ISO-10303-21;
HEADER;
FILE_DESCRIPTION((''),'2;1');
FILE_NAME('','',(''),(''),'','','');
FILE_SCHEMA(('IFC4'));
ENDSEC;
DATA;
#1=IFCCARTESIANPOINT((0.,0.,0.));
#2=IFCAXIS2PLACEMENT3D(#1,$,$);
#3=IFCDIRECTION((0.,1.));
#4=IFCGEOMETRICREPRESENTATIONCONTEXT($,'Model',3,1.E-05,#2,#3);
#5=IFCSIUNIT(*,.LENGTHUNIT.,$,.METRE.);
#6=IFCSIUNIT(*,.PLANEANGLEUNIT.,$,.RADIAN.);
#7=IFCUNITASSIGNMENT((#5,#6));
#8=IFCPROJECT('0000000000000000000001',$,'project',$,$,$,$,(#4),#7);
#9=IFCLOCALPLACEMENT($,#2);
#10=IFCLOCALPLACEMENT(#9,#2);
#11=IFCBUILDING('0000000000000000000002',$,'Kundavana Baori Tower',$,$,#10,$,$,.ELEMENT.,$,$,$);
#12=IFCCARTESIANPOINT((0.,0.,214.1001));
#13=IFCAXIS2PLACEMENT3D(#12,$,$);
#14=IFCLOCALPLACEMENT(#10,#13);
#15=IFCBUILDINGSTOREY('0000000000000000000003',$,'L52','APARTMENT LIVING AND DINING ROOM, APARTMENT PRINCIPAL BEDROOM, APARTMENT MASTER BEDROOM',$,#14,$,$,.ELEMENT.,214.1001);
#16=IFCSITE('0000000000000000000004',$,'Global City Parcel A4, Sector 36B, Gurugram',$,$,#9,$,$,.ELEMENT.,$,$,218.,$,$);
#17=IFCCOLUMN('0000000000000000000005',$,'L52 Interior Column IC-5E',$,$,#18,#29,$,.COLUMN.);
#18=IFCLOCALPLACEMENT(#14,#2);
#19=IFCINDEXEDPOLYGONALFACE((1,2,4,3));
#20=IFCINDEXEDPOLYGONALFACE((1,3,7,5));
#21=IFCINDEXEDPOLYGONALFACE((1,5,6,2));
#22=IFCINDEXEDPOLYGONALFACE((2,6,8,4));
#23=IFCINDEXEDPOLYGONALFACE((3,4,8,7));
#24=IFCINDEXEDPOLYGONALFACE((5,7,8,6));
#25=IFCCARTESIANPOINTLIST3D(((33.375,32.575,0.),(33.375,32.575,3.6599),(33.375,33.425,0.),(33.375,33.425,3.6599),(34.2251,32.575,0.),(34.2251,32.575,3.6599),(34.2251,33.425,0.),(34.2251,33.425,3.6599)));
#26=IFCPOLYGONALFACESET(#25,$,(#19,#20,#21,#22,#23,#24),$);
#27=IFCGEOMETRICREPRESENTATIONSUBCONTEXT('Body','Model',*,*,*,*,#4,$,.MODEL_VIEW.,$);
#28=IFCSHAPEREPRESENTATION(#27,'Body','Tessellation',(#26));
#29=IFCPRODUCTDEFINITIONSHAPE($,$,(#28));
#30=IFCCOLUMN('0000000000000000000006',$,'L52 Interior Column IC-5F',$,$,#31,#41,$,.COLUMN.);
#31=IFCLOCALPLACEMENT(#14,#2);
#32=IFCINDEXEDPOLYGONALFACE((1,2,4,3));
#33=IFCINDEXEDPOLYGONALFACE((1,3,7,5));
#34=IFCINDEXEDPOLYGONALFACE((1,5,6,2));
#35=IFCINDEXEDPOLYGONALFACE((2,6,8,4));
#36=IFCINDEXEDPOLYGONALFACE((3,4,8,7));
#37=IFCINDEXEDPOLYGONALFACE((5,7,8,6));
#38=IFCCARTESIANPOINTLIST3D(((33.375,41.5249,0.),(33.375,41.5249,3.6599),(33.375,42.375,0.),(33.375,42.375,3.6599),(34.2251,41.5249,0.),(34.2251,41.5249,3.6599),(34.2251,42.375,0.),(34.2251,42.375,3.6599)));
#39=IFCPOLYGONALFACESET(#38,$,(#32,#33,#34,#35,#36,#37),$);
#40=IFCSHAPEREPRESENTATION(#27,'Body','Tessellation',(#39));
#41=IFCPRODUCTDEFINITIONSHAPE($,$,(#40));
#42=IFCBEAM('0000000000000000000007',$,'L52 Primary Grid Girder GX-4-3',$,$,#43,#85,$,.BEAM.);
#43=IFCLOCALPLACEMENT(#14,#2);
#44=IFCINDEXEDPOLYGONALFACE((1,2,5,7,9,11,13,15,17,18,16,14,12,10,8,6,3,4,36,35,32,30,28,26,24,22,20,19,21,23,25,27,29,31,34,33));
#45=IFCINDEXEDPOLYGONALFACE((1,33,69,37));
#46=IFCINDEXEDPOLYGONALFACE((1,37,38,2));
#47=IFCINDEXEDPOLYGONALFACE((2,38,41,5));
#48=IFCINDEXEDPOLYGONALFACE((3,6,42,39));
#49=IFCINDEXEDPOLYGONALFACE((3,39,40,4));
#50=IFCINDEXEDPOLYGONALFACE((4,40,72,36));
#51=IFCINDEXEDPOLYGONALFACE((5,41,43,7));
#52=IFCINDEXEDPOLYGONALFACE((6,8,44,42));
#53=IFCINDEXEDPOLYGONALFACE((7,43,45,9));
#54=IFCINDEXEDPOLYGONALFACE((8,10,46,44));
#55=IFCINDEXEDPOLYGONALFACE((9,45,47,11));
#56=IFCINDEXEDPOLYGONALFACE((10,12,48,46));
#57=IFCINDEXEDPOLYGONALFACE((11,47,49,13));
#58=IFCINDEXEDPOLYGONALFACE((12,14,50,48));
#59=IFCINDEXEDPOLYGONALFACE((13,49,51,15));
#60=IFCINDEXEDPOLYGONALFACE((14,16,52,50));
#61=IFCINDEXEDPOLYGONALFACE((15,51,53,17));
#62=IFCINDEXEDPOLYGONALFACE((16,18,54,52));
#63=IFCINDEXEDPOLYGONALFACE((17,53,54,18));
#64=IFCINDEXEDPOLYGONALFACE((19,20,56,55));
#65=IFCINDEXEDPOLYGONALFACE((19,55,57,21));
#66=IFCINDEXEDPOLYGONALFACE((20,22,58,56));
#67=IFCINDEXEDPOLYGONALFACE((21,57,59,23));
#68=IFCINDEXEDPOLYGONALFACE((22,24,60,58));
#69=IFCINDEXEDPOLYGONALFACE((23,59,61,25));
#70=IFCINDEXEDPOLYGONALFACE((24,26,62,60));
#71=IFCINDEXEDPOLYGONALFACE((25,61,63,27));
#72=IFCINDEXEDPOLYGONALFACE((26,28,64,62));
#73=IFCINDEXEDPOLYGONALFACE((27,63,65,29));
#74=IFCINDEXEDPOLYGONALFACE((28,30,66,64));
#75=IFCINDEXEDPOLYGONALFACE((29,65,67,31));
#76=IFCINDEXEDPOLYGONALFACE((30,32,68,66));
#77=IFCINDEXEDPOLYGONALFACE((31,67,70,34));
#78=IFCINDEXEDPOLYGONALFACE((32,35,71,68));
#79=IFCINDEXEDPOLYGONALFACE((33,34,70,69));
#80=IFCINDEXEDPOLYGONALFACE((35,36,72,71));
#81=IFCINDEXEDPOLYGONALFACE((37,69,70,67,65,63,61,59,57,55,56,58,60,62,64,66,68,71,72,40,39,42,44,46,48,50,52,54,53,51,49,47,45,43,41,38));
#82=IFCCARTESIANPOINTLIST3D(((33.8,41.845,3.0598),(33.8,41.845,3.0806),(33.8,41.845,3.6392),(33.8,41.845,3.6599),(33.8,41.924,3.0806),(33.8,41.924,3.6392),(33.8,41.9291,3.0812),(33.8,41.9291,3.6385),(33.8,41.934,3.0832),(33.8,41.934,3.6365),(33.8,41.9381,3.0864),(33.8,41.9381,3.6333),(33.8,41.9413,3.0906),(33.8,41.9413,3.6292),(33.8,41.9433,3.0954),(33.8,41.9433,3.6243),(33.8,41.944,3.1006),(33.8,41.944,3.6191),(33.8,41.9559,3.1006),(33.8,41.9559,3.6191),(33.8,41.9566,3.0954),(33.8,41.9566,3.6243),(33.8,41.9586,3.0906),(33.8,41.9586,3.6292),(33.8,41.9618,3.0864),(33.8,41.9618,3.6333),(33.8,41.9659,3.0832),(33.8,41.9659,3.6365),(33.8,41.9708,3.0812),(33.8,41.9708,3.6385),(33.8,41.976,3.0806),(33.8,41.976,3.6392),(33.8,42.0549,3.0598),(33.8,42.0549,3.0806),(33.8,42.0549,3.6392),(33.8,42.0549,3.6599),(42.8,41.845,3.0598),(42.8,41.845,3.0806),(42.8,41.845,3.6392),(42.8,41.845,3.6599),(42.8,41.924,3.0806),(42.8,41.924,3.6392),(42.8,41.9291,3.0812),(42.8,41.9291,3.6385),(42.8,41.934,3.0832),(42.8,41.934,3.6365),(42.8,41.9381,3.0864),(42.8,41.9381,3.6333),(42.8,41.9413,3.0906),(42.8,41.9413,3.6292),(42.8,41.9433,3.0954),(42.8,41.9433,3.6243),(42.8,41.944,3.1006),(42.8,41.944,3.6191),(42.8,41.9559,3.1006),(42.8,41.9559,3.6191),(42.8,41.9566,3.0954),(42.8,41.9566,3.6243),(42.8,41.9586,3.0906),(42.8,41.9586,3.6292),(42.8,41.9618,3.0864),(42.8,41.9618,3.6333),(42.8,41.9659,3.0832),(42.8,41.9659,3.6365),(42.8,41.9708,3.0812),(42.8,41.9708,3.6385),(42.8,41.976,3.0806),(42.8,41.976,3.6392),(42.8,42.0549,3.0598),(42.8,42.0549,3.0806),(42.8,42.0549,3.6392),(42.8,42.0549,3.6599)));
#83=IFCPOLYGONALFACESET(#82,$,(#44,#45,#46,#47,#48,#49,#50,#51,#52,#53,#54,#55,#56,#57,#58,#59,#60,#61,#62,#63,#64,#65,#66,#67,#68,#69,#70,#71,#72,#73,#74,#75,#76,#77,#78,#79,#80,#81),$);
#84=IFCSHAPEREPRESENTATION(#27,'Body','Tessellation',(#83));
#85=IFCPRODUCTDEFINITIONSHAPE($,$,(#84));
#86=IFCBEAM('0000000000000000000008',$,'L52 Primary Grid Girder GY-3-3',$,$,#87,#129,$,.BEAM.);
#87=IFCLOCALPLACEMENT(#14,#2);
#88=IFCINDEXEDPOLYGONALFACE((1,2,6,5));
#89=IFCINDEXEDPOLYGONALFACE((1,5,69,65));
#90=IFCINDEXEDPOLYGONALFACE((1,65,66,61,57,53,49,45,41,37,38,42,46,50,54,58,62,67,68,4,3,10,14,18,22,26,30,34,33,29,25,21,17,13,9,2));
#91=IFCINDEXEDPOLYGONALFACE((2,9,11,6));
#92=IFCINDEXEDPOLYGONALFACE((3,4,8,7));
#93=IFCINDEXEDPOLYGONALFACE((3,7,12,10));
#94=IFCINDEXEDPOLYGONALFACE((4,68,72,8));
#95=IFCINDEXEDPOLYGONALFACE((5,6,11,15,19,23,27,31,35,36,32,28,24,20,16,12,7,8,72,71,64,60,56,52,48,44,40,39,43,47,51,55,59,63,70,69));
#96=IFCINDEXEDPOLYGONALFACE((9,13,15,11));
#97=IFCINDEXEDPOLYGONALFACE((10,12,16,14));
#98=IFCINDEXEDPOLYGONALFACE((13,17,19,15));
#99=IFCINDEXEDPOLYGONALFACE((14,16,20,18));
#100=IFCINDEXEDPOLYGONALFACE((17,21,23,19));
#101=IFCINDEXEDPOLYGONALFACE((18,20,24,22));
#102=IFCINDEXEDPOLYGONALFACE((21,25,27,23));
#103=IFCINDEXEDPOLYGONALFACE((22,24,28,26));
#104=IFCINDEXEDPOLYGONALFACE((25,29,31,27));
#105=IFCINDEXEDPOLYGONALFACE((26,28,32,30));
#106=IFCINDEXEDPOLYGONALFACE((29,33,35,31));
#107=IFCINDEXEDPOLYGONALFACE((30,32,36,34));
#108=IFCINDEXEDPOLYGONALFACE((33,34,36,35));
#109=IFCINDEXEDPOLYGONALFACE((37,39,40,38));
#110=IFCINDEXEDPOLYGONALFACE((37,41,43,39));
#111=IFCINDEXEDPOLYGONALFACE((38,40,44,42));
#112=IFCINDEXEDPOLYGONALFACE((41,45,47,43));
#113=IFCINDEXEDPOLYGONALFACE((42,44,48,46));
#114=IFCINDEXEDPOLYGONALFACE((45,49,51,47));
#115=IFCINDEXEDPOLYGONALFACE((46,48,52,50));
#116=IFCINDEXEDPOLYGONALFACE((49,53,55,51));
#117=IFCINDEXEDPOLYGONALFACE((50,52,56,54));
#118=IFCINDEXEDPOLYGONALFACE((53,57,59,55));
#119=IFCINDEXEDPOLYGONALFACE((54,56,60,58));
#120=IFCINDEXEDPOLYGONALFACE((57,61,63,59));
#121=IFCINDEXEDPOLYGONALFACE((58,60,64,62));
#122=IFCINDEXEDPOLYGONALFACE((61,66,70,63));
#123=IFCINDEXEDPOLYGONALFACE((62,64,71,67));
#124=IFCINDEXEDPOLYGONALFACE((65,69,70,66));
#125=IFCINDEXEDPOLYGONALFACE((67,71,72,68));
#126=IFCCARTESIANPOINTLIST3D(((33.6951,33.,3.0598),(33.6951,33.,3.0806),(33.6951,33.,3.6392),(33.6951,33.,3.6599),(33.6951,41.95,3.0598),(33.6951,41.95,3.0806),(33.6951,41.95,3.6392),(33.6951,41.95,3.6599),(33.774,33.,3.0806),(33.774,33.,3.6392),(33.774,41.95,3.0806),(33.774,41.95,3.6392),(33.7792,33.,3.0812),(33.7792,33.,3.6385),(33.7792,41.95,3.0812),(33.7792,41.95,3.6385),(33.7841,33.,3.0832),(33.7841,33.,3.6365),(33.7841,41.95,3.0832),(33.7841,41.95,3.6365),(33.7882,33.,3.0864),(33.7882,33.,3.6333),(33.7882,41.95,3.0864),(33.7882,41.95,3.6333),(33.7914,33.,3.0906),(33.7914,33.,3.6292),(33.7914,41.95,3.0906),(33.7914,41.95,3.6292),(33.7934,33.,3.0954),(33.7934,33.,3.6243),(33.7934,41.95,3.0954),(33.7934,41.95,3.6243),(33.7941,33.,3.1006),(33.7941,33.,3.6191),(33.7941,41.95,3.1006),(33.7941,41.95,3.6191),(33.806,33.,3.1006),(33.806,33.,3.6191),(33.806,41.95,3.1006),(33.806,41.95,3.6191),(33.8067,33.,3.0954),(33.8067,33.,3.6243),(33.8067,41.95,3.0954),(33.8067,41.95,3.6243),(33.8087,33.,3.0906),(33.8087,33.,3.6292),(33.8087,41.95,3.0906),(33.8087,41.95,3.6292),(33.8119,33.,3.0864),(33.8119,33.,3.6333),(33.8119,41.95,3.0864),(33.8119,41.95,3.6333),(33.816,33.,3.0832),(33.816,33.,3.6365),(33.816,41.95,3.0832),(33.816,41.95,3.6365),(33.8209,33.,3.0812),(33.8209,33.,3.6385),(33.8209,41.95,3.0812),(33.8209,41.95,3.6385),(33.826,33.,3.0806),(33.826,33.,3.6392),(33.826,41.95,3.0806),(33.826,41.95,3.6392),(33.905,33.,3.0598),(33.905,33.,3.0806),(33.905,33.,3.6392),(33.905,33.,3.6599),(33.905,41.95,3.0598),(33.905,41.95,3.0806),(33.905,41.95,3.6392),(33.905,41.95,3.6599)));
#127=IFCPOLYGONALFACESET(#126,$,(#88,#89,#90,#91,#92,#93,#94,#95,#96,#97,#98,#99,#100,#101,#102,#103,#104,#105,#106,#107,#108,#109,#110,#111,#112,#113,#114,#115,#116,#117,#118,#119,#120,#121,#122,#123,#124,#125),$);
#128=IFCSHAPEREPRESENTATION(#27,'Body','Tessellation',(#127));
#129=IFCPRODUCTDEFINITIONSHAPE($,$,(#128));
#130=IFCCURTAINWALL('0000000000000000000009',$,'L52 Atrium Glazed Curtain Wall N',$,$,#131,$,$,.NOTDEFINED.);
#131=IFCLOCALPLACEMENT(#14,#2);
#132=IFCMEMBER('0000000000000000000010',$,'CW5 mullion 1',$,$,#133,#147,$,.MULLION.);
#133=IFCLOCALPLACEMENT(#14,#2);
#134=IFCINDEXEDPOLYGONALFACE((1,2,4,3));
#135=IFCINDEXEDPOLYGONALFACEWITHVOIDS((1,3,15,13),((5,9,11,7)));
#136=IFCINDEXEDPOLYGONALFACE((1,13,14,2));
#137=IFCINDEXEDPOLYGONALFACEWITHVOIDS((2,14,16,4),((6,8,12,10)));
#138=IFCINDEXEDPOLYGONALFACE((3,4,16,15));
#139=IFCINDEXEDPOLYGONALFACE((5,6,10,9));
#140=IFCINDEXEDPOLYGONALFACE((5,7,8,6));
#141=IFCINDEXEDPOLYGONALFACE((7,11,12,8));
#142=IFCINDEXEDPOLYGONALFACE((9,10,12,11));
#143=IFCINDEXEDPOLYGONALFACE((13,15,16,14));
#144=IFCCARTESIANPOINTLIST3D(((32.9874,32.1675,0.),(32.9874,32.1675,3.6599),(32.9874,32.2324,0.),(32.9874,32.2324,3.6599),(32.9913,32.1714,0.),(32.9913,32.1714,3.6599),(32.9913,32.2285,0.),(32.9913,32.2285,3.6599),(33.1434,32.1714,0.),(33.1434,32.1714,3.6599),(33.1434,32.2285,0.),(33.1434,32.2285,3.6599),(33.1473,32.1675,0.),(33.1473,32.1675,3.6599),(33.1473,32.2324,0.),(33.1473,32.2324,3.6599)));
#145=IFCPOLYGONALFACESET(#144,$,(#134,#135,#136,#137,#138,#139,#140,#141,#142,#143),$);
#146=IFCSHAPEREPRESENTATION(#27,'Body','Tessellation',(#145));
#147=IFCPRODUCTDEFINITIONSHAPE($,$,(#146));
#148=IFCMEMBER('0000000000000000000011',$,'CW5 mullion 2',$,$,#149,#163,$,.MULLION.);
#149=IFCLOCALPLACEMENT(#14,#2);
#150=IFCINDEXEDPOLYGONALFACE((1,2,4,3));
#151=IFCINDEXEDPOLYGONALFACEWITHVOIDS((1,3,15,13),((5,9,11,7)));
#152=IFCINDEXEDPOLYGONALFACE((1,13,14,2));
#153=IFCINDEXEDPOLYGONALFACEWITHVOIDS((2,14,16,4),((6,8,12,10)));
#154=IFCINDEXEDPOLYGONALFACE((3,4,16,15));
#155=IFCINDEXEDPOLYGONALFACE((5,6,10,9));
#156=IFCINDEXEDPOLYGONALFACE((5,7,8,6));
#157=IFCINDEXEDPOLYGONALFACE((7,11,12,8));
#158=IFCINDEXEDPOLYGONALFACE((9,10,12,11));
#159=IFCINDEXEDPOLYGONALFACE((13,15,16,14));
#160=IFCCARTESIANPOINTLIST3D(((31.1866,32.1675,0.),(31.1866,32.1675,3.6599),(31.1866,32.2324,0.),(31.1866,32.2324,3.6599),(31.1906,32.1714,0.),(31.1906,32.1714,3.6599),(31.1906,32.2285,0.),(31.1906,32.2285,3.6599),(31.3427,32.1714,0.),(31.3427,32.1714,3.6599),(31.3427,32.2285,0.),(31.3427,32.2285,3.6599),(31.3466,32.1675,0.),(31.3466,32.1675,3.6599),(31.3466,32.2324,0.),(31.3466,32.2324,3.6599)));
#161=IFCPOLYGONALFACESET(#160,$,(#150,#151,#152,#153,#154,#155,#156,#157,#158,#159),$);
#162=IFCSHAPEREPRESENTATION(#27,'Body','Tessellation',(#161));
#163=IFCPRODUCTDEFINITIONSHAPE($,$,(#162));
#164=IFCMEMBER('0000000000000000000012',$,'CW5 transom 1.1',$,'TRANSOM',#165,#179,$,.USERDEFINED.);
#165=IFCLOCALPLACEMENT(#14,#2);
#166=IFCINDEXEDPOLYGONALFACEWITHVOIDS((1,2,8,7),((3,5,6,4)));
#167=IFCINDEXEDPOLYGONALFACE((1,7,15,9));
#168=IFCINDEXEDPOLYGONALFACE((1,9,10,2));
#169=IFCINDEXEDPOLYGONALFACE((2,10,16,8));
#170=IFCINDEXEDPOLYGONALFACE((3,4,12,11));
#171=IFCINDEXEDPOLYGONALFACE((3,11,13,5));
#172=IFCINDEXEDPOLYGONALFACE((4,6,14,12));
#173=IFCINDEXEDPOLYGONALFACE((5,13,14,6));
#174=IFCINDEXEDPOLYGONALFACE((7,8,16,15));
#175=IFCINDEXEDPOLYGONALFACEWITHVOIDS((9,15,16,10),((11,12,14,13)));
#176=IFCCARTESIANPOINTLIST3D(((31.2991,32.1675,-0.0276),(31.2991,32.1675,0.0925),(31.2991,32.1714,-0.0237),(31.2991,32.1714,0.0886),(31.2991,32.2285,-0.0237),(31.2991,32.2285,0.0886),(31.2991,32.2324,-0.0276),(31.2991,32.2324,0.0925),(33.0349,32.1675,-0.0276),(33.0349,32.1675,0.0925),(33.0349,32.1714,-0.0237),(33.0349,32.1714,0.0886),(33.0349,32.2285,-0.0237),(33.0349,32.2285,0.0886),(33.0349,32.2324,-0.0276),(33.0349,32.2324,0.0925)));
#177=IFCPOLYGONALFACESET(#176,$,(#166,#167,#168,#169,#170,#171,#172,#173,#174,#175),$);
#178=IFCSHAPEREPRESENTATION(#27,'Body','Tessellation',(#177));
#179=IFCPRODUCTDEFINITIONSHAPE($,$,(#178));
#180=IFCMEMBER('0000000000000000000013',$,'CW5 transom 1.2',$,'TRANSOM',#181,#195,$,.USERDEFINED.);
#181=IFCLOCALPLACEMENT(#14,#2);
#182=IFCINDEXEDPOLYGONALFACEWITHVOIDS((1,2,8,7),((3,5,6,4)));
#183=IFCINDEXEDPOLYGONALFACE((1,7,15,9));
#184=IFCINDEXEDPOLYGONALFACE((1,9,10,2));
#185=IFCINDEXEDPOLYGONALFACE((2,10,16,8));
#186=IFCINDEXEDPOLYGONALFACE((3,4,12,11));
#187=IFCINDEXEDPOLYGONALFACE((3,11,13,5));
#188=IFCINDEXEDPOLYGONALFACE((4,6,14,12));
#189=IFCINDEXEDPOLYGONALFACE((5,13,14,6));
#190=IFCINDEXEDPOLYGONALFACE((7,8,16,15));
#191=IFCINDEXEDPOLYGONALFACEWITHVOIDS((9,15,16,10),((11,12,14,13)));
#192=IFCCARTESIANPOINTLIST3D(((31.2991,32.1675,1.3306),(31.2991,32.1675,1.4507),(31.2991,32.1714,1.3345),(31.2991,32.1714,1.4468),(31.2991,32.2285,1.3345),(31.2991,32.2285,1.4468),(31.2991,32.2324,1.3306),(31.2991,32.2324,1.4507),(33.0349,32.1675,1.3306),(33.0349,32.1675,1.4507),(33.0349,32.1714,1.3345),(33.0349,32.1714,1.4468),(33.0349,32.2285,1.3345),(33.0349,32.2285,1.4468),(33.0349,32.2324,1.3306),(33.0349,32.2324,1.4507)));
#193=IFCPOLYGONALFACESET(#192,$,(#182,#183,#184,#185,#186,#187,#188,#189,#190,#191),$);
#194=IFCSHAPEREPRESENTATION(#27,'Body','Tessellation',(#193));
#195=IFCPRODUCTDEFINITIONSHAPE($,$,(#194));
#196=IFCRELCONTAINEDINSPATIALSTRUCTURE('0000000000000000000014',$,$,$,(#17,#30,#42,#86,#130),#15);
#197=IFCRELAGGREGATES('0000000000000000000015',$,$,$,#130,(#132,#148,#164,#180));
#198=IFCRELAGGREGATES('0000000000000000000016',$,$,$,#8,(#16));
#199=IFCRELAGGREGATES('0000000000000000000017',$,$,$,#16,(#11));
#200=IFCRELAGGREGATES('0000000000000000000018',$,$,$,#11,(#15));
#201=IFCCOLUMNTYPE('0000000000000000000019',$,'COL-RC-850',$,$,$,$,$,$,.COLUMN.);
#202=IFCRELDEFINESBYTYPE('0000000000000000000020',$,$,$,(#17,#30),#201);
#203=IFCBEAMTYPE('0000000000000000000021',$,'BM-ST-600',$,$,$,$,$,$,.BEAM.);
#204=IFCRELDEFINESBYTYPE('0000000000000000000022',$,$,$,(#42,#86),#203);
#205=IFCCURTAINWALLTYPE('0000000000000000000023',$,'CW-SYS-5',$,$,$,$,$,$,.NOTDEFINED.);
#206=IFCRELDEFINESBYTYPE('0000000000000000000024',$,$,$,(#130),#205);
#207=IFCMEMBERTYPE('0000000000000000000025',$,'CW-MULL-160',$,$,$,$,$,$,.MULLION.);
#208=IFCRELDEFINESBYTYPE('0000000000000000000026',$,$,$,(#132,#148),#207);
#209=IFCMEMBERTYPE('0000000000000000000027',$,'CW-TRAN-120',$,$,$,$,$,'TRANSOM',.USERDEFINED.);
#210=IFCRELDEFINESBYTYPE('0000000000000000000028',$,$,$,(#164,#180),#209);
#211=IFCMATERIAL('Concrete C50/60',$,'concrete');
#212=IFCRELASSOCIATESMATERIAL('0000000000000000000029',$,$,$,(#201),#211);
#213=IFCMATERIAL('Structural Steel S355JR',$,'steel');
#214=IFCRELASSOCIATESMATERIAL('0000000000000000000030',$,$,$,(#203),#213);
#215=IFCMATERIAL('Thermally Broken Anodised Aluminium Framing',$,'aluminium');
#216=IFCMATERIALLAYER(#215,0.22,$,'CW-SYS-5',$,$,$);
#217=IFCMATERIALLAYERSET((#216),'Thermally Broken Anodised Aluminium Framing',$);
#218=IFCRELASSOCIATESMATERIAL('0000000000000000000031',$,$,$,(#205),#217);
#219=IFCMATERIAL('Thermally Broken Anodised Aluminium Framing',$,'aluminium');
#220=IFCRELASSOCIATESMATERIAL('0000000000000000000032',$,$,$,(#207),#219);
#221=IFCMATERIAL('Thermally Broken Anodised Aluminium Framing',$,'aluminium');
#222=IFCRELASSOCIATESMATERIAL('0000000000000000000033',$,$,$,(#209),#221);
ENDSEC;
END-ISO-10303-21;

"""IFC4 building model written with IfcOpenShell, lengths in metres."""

from ifc_helpers import new_model, si_unit, direction, frame, origin, origin_2d, place, context, subcontext, project, spatial, rectangle, hollow_rectangle, i_section, extrude, material, layer, layer_set, material_profile, profile_set, type_object, element, aggregate, save


model = new_model("IFC4")

# Units and contexts
model_context = context("Model", 3, precision=1e-05, world=origin(), true_north=direction((0.0, 1.0)))
body_context = subcontext(model_context, "Body", "Model", "MODEL_VIEW")
ifc_project = project(units=[si_unit("LENGTHUNIT", "METRE"), si_unit("PLANEANGLEUNIT", "RADIAN")], contexts=[model_context])

# Site, building, storey
site_placement = place(None, origin())
site = spatial("IfcSite", under=ifc_project, at=site_placement, Name="Global City Parcel A4, Sector 36B, Gurugram", CompositionType="ELEMENT", RefElevation=218.0)
building_placement = place(site_placement, origin())
building = spatial("IfcBuilding", under=site, at=building_placement, Name="Kundavana Baori Tower", CompositionType="ELEMENT")
storey_placement = place(building_placement, frame((0.0, 0.0, 214.1001)))
storey = spatial("IfcBuildingStorey", under=building, at=storey_placement, Name="L52", Description="APARTMENT LIVING AND DINING ROOM, APARTMENT PRINCIPAL BEDROOM, APARTMENT MASTER BEDROOM", CompositionType="ELEMENT", Elevation=214.1001)

# Columns
ifc_material_1 = material(Name="Concrete C50/60", Category="concrete")
ifc_material_profile_1 = material_profile(ifc_material_1, rectangle(XDim=0.8501, YDim=0.8501, at=origin_2d()), Name="RC 850x850")
ifc_profile_set_1 = profile_set([ifc_material_profile_1], Name="Concrete C50/60")
column_type = type_object("IfcColumnType", Name="COL-RC-850", PredefinedType="COLUMN", material=ifc_profile_set_1)
for number, where, z_axis, x_axis, name in (
    (1, (33.8, 33.0, 0.0), (0.0, 0.0, 1.0), (1.0, 0.0, 0.0), "L52 Interior Column IC-5E"),
    (2, (33.8, 41.95, 0.0), (0.0, 0.0, 1.0), (1.0, 0.0, 0.0), "L52 Interior Column IC-5F"),
):
    element("IfcColumn", number, at=place(storey_placement, frame(where, z_axis=z_axis, x_axis=x_axis)), inside=storey, type_object=column_type, Name=name, PredefinedType="COLUMN", context=body_context, shape_type="SweptSolid", body=[
        extrude(rectangle(XDim=0.8501, YDim=0.8501, at=origin_2d()), origin(), (0.0, 0.0, 1.0), 3.6599),
    ])

# Beams
ifc_material_2 = material(Name="Structural Steel S355JR", Category="steel")
ifc_material_profile_2 = material_profile(ifc_material_2, i_section(OverallWidth=0.21, OverallDepth=0.6001, WebThickness=0.012, FlangeThickness=0.0208, FilletRadius=0.02, at=origin_2d()), Name="ISMB 600")
ifc_profile_set_2 = profile_set([ifc_material_profile_2], Name="Structural Steel S355JR")
beam_type = type_object("IfcBeamType", Name="BM-ST-600", PredefinedType="BEAM", material=ifc_profile_set_2)
beam_1_placement = place(storey_placement, frame((33.8, 41.95, 3.3599), z_axis=(1.0, 0.0, 0.0), x_axis=(0.0, 1.0, 0.0)))
element("IfcBeam", 3, at=beam_1_placement, inside=storey, type_object=beam_type, Name="L52 Primary Grid Girder GX-4-3", PredefinedType="BEAM", context=body_context, shape_type="SweptSolid", body=[
    extrude(i_section(OverallWidth=0.21, OverallDepth=0.6001, WebThickness=0.012, FlangeThickness=0.0208, FilletRadius=0.02, at=origin_2d()), origin(), (0.0, 0.0, 1.0), 9.0),
])
beam_2_placement = place(storey_placement, frame((33.8, 33.0, 3.3599), z_axis=(0.0, 1.0, 0.0), x_axis=(-1.0, 0.0, 0.0)))
element("IfcBeam", 4, at=beam_2_placement, inside=storey, type_object=beam_type, Name="L52 Primary Grid Girder GY-3-3", PredefinedType="BEAM", context=body_context, shape_type="SweptSolid", body=[
    extrude(i_section(OverallWidth=0.21, OverallDepth=0.6001, WebThickness=0.012, FlangeThickness=0.0208, FilletRadius=0.02, at=origin_2d()), origin(), (0.0, 0.0, 1.0), 8.95),
])

# Curtain wall, members
ifc_material_3 = material(Name="Thermally Broken Anodised Aluminium Framing", Category="aluminium")
ifc_layer_1 = layer(ifc_material_3, 0.22, Name="CW-SYS-5")
ifc_layer_set_1 = layer_set([ifc_layer_1], Name="Thermally Broken Anodised Aluminium Framing")
curtain_wall_type = type_object("IfcCurtainWallType", Name="CW-SYS-5", PredefinedType="NOTDEFINED", material=ifc_layer_set_1)
curtain_wall_placement = place(storey_placement, origin())
curtain_wall = element("IfcCurtainWall", 5, at=curtain_wall_placement, inside=storey, type_object=curtain_wall_type, Name="L52 Atrium Glazed Curtain Wall N", PredefinedType="NOTDEFINED")
ifc_material_4 = material(Name="Thermally Broken Anodised Aluminium Framing", Category="aluminium")
ifc_material_profile_3 = material_profile(ifc_material_4, hollow_rectangle(XDim=0.0649, YDim=0.1599, WallThickness=0.0039, at=origin_2d()), Name="CW-MULL-160")
ifc_profile_set_3 = profile_set([ifc_material_profile_3], Name="Thermally Broken Anodised Aluminium Framing")
member_type_1 = type_object("IfcMemberType", Name="CW-MULL-160", PredefinedType="MULLION", material=ifc_profile_set_3)
member_1_placement = place(storey_placement, frame((33.0674, 32.2, 0.0), z_axis=(0.0, 0.0, 1.0), x_axis=(0.0, -1.0, 0.0)))
member_1 = element("IfcMember", 6, at=member_1_placement, type_object=member_type_1, Name="CW5 mullion 1", PredefinedType="MULLION", context=body_context, shape_type="SweptSolid", body=[
    extrude(hollow_rectangle(XDim=0.0649, YDim=0.1599, WallThickness=0.0039, at=origin_2d()), origin(), (0.0, 0.0, 1.0), 3.6599),
])
member_2_placement = place(storey_placement, frame((31.2666, 32.2, 0.0), z_axis=(0.0, 0.0, 1.0), x_axis=(0.0, -1.0, 0.0)))
member_2 = element("IfcMember", 7, at=member_2_placement, type_object=member_type_1, Name="CW5 mullion 2", PredefinedType="MULLION", context=body_context, shape_type="SweptSolid", body=[
    extrude(hollow_rectangle(XDim=0.0649, YDim=0.1599, WallThickness=0.0039, at=origin_2d()), origin(), (0.0, 0.0, 1.0), 3.6599),
])
ifc_material_5 = material(Name="Thermally Broken Anodised Aluminium Framing", Category="aluminium")
ifc_material_profile_4 = material_profile(ifc_material_5, hollow_rectangle(XDim=0.0649, YDim=0.1201, WallThickness=0.0039, at=origin_2d()), Name="CW-TRAN-120")
ifc_profile_set_4 = profile_set([ifc_material_profile_4], Name="Thermally Broken Anodised Aluminium Framing")
member_type_2 = type_object("IfcMemberType", Name="CW-TRAN-120", ElementType="TRANSOM", PredefinedType="USERDEFINED", material=ifc_profile_set_4)
member_3_placement = place(storey_placement, frame((33.0349, 32.2, 0.0325), z_axis=(-1.0, 0.0, 0.0), x_axis=(0.0, -1.0, 0.0)))
member_3 = element("IfcMember", 8, at=member_3_placement, type_object=member_type_2, Name="CW5 transom 1.1", ObjectType="TRANSOM", PredefinedType="USERDEFINED", context=body_context, shape_type="SweptSolid", body=[
    extrude(hollow_rectangle(XDim=0.0649, YDim=0.1201, WallThickness=0.0039, at=origin_2d()), origin(), (0.0, 0.0, 1.0), 1.7358),
])
member_4_placement = place(storey_placement, frame((33.0349, 32.2, 1.3906), z_axis=(-1.0, 0.0, 0.0), x_axis=(0.0, -1.0, 0.0)))
member_4 = element("IfcMember", 9, at=member_4_placement, type_object=member_type_2, Name="CW5 transom 1.2", ObjectType="TRANSOM", PredefinedType="USERDEFINED", context=body_context, shape_type="SweptSolid", body=[
    extrude(hollow_rectangle(XDim=0.0649, YDim=0.1201, WallThickness=0.0039, at=origin_2d()), origin(), (0.0, 0.0, 1.0), 1.7358),
])
aggregate(curtain_wall, [member_1, member_2, member_3, member_4])

save(model, "model.ifc")
